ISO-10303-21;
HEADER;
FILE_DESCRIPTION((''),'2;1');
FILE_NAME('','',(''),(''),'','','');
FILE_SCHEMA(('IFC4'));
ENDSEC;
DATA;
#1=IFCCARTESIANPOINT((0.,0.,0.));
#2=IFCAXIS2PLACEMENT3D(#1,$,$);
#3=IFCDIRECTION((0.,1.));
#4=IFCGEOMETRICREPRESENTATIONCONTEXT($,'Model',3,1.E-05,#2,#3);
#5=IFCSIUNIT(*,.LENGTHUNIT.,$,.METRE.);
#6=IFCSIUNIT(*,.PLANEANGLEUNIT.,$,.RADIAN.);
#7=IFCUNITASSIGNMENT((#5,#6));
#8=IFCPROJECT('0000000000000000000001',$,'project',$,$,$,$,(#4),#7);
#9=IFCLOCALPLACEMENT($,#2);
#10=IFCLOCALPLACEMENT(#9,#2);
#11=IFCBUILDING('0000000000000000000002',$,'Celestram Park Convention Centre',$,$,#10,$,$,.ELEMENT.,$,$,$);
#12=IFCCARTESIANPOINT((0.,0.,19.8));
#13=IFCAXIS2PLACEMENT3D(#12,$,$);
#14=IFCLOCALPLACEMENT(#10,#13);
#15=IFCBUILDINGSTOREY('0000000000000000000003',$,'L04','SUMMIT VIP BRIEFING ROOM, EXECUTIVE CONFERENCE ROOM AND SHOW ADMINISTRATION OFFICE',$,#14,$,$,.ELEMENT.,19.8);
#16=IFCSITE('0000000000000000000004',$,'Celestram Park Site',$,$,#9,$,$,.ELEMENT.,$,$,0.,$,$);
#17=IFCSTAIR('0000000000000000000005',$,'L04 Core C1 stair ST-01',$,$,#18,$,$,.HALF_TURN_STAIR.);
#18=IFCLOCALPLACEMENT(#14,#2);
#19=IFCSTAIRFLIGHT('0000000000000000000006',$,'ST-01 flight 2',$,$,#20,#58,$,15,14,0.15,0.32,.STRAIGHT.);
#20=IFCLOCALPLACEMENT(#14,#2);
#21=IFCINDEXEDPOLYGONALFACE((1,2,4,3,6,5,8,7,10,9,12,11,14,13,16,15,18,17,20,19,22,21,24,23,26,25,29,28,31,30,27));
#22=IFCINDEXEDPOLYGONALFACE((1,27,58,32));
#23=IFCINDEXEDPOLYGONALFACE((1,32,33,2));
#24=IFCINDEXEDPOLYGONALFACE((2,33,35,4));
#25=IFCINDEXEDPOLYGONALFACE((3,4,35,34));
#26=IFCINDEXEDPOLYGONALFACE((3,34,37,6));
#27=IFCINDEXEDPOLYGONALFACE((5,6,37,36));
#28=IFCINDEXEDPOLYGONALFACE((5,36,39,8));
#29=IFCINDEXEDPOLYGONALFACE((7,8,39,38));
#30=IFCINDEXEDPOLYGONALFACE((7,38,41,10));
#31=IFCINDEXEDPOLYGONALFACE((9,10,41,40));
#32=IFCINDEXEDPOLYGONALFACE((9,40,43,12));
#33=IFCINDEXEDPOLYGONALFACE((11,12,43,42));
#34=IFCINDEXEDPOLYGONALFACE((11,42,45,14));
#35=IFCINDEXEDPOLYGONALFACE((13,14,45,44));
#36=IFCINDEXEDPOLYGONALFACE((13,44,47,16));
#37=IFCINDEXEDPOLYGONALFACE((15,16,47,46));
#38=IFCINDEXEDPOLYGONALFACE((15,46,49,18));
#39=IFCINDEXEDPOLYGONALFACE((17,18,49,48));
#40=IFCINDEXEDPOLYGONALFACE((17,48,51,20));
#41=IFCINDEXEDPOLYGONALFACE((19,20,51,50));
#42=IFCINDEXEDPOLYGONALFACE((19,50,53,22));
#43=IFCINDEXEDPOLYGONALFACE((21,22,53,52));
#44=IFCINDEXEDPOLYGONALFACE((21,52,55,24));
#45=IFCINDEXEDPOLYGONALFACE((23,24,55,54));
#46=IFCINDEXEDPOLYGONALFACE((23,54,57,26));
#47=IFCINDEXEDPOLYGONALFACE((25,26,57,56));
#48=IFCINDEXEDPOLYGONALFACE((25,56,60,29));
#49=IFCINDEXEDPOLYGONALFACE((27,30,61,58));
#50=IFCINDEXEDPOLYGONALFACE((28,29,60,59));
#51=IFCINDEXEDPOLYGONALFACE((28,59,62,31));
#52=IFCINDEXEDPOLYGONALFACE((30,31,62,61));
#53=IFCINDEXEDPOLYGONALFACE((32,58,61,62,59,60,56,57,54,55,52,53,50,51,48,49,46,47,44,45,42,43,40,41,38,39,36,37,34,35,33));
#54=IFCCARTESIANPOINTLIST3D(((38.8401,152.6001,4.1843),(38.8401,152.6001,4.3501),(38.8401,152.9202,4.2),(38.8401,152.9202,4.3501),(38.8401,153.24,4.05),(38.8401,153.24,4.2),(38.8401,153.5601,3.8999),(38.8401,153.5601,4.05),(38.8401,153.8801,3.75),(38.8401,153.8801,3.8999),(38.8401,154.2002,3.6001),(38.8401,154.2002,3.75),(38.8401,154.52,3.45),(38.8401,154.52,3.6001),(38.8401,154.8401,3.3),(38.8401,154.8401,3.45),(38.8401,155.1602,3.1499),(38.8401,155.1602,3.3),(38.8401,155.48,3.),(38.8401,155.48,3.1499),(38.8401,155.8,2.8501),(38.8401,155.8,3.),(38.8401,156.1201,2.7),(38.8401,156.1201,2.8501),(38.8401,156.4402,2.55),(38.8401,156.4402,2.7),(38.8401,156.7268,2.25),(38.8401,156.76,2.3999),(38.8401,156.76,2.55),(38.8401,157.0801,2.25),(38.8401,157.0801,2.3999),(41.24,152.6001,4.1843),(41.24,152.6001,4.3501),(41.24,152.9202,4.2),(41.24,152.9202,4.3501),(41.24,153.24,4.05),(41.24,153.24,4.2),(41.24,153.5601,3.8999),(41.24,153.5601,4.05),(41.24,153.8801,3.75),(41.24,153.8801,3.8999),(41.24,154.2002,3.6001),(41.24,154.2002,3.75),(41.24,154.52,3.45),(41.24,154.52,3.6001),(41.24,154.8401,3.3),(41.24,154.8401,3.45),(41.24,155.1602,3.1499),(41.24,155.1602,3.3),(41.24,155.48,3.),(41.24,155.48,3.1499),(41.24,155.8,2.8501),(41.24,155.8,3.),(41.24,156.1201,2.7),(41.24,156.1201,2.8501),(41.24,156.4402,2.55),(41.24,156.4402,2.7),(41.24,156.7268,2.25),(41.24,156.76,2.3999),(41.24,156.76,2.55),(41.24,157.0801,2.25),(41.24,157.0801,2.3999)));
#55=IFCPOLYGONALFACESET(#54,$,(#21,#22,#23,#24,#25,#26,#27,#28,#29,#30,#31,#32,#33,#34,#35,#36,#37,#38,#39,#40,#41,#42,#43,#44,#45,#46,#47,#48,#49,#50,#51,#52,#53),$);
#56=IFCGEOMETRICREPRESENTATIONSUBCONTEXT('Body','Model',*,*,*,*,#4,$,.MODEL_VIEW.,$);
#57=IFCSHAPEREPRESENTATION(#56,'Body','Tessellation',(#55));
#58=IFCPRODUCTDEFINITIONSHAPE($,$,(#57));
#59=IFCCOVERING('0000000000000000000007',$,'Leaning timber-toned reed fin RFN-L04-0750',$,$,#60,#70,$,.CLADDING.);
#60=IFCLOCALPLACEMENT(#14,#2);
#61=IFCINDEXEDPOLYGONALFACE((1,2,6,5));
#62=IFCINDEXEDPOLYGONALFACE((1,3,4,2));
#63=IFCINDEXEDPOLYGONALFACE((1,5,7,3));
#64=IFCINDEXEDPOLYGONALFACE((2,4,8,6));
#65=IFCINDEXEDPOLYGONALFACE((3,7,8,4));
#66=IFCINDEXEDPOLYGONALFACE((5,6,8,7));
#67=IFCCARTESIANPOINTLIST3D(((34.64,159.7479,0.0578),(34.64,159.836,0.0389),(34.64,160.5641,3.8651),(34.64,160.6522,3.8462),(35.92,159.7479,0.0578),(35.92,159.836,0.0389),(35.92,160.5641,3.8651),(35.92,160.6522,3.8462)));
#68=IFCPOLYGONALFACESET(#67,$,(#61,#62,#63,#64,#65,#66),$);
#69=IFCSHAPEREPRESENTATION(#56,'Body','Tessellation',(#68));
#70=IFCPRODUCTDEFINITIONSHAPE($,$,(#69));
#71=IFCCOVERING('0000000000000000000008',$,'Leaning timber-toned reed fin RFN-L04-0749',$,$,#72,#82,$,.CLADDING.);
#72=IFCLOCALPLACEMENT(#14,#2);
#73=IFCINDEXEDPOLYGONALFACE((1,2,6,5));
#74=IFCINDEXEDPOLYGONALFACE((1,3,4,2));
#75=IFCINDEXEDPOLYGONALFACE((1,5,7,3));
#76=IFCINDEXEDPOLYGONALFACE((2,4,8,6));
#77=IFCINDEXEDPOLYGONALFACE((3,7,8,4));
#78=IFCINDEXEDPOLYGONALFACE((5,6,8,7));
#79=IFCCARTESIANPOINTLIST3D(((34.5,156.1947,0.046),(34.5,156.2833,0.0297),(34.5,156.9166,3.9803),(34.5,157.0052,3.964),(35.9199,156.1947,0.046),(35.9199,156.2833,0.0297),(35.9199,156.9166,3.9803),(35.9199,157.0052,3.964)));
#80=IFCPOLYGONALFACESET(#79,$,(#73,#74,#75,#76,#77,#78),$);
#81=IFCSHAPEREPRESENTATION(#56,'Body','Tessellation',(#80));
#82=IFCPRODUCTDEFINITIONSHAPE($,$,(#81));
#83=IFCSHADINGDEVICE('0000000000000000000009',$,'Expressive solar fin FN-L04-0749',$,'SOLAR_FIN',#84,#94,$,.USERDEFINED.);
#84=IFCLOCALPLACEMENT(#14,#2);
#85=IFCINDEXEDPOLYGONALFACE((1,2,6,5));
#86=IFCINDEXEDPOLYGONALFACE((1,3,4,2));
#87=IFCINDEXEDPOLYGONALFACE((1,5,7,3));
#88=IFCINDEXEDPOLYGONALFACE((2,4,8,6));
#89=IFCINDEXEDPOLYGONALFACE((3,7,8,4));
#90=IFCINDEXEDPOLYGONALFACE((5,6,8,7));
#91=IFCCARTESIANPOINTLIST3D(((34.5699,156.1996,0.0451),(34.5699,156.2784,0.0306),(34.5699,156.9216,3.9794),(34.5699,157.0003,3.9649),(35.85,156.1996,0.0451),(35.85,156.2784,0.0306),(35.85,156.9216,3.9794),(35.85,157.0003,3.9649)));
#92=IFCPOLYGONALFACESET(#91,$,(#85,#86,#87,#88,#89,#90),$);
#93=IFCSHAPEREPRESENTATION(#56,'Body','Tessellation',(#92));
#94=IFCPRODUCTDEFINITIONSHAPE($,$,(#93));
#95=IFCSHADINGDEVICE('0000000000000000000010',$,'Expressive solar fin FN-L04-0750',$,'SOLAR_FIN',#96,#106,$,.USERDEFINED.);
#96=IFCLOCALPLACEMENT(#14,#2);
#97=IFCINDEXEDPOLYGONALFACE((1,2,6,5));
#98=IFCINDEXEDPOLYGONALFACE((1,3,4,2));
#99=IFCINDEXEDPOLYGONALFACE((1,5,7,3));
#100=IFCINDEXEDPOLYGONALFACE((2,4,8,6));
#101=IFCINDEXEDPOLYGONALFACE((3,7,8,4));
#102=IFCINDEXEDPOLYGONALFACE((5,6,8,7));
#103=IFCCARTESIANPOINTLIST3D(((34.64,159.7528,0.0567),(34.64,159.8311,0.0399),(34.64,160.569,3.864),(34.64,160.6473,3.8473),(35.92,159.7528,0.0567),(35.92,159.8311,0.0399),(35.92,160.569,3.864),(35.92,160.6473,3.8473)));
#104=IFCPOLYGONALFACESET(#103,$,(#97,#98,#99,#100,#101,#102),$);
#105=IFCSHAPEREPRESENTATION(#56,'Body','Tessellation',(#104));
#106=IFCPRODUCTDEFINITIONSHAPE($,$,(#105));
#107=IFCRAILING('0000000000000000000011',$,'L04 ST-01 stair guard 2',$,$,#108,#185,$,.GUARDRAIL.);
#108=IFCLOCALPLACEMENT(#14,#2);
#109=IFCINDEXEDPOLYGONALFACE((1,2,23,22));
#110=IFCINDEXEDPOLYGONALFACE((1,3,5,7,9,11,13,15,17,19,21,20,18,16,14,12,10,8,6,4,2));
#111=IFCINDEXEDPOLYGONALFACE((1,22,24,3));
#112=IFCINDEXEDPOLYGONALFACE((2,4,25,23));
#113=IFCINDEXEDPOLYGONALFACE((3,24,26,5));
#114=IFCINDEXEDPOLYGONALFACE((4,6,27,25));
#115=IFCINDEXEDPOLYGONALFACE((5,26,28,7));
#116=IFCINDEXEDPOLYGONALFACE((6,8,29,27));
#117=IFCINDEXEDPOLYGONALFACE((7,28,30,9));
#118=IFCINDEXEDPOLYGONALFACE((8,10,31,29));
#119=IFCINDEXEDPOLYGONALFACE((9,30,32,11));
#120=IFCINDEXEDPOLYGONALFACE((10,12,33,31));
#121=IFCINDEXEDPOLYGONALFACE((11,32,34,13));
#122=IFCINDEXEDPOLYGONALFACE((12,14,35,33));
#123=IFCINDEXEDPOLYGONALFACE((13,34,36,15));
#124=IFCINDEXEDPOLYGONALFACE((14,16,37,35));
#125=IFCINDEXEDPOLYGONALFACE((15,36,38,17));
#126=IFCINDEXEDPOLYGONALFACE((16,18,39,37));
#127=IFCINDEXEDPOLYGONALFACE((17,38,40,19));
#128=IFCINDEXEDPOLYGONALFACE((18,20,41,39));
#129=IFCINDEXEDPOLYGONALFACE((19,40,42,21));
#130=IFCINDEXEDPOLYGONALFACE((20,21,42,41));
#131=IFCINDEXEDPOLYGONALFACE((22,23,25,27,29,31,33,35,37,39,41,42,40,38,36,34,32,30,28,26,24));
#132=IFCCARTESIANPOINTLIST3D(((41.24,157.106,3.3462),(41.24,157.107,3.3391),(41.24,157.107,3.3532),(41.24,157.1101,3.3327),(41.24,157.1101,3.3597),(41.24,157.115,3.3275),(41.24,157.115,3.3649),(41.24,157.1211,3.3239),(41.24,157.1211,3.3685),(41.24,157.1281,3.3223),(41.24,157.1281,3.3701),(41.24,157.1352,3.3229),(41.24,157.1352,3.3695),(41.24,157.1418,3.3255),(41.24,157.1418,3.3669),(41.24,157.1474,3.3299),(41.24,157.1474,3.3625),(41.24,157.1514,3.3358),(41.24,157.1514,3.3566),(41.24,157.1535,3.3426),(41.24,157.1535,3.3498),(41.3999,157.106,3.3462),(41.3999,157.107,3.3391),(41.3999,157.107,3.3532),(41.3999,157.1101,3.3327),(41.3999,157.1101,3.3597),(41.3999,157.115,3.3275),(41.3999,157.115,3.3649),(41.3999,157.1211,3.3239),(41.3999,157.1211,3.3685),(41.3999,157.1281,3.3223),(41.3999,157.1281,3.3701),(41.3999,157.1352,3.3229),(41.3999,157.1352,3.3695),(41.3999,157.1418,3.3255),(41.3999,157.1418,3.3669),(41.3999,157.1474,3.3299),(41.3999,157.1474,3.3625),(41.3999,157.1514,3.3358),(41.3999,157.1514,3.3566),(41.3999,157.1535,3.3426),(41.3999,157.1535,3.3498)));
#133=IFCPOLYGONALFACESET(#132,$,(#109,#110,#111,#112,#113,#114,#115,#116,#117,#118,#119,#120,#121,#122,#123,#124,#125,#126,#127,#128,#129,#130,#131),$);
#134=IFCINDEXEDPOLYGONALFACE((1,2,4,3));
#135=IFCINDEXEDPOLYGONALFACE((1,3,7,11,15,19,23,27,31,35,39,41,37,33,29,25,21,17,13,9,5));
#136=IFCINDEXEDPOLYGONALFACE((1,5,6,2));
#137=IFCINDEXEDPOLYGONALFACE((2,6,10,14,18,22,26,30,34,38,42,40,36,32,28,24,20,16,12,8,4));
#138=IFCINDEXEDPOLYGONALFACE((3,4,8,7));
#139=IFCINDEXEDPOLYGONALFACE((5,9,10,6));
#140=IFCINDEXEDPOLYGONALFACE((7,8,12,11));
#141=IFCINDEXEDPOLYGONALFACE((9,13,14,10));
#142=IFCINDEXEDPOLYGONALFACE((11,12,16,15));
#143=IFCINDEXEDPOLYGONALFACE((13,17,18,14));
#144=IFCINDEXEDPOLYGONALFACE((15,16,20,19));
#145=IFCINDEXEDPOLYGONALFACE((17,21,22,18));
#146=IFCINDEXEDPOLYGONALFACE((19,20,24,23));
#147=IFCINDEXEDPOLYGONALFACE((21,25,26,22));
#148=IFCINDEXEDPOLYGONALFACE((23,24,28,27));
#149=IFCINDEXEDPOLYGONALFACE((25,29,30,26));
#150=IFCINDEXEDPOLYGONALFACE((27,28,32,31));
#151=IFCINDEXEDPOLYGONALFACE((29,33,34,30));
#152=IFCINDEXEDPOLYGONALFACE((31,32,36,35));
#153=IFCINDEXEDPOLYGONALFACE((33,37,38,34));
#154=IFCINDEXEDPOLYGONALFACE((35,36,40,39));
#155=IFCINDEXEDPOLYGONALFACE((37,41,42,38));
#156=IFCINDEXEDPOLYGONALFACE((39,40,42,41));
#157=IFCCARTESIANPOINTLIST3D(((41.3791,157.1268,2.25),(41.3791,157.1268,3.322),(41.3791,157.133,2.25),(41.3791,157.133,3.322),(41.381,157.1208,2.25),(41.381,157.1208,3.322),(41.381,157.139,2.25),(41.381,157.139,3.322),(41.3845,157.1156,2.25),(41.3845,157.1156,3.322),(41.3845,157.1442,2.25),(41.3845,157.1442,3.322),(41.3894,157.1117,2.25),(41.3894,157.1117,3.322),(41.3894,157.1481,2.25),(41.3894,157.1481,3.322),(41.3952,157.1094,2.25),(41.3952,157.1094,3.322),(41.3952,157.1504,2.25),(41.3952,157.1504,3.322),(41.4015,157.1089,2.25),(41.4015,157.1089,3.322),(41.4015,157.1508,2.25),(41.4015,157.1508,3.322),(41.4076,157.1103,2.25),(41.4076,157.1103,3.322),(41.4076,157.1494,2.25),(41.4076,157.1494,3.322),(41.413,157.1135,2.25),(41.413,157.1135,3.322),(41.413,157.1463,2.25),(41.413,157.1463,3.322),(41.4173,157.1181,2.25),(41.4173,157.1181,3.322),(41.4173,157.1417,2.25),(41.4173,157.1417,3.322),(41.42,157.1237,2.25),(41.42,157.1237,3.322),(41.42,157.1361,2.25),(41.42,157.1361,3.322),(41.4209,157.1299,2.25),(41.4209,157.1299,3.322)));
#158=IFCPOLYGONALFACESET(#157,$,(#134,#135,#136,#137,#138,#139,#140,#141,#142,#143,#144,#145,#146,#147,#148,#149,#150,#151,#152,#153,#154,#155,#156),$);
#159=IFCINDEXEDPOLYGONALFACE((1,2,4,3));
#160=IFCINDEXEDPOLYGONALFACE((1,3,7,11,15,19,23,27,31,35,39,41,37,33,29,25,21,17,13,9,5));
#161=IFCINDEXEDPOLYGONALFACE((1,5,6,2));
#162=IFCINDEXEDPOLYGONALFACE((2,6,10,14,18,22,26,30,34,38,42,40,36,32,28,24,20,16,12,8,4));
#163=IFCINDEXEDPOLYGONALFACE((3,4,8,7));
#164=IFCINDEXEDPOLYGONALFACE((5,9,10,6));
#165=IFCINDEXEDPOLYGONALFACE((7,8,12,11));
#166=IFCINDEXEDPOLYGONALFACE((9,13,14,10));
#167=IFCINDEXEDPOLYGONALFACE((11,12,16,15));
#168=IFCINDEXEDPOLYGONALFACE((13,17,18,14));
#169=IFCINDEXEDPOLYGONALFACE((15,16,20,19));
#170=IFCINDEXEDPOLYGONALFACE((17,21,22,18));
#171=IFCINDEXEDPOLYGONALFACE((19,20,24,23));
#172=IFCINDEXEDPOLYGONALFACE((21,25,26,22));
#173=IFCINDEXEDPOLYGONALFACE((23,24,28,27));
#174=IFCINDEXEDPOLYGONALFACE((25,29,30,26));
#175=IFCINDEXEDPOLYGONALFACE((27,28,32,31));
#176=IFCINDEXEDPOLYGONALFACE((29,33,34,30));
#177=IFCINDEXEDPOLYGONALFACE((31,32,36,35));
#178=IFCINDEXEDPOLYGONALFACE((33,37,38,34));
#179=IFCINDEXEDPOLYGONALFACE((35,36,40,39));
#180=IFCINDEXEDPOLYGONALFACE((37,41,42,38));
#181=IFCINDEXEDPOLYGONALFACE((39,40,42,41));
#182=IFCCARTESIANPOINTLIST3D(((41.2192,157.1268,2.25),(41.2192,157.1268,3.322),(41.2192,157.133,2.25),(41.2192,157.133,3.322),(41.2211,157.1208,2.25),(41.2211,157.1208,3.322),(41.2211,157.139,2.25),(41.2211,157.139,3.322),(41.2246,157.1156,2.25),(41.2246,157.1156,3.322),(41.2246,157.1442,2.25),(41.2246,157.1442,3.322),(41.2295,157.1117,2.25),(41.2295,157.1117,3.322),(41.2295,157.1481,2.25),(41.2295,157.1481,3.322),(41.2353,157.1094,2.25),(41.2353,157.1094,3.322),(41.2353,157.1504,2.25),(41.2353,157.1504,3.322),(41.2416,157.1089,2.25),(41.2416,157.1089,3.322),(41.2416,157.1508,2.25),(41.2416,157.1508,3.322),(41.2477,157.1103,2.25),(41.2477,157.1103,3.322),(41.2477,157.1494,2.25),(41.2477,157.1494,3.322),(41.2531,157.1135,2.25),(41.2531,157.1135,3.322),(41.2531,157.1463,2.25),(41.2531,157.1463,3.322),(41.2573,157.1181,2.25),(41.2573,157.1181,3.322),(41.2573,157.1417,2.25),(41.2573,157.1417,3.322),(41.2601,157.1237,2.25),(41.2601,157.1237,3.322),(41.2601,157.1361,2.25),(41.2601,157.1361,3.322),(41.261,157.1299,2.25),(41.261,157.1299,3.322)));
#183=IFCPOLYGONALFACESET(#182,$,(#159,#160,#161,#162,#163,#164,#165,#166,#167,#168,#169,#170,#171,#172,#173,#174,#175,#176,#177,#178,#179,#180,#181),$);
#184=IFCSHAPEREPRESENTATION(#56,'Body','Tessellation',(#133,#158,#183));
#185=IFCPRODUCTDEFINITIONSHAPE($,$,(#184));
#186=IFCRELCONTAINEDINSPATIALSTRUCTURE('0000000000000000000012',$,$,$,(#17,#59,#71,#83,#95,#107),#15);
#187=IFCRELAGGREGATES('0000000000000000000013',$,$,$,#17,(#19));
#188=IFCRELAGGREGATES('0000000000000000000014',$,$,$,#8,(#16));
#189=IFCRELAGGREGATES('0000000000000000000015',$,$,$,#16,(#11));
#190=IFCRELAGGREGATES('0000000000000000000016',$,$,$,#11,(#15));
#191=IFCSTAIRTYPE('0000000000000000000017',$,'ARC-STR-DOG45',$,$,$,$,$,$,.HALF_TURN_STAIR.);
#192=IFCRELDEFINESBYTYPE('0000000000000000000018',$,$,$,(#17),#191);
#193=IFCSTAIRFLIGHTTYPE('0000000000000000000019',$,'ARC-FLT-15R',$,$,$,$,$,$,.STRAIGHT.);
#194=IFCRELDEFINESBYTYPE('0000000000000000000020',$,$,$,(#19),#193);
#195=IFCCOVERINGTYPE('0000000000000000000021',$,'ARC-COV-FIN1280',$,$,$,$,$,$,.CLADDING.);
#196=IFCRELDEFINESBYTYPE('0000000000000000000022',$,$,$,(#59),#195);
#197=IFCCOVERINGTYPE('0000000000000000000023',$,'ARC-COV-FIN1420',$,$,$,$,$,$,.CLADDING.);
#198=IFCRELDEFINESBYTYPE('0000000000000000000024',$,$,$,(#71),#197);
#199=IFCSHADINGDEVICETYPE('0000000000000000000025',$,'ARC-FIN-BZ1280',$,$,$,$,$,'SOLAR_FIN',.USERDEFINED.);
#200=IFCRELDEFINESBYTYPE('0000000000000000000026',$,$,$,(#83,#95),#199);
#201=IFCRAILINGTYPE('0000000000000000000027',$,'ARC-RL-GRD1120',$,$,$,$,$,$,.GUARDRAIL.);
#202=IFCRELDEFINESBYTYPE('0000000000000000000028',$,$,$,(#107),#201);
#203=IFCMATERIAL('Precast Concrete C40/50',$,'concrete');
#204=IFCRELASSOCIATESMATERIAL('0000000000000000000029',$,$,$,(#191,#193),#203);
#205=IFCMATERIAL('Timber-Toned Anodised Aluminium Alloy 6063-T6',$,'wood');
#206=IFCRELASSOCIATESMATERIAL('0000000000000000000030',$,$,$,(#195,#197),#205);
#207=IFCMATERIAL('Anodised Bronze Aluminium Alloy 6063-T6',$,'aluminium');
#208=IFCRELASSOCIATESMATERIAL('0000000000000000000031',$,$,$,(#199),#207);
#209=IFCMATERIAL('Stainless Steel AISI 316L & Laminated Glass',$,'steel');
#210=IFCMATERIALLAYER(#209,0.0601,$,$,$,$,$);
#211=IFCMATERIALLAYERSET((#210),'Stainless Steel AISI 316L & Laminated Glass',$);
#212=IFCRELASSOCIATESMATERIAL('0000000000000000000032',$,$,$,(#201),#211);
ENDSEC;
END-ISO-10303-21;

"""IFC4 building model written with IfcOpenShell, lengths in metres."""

from ifc_helpers import new_model, si_unit, direction, frame, origin, origin_2d, place, context, subcontext, project, spatial, polyline, rectangle, circle, outline, extrude, material, layer, layer_set, material_profile, profile_set, type_object, element, aggregate, save


model = new_model("IFC4")

# Units and contexts
model_context = context("Model", 3, precision=1e-05, world=origin(), true_north=direction((0.0, 1.0)))
body_context = subcontext(model_context, "Body", "Model", "MODEL_VIEW")
ifc_project = project(units=[si_unit("LENGTHUNIT", "METRE"), si_unit("PLANEANGLEUNIT", "RADIAN")], contexts=[model_context])

# Site, building, storey
site_placement = place(None, origin())
site = spatial("IfcSite", under=ifc_project, at=site_placement, Name="Celestram Park Site", CompositionType="ELEMENT", RefElevation=0.0)
building_placement = place(site_placement, origin())
building = spatial("IfcBuilding", under=site, at=building_placement, Name="Celestram Park Convention Centre", CompositionType="ELEMENT")
storey_placement = place(building_placement, frame((0.0, 0.0, 19.8)))
storey = spatial("IfcBuildingStorey", under=building, at=storey_placement, Name="L04", Description="SUMMIT VIP BRIEFING ROOM, EXECUTIVE CONFERENCE ROOM AND SHOW ADMINISTRATION OFFICE", CompositionType="ELEMENT", Elevation=19.8)

# Stair, stair flight
ifc_material_1 = material(Name="Precast Concrete C40/50", Category="concrete")
stair_type = type_object("IfcStairType", Name="ARC-STR-DOG45", PredefinedType="HALF_TURN_STAIR", material=ifc_material_1)
stair_placement = place(storey_placement, origin())
stair = element("IfcStair", 1, at=stair_placement, inside=storey, type_object=stair_type, Name="L04 Core C1 stair ST-01", PredefinedType="HALF_TURN_STAIR")
stair_flight_type = type_object("IfcStairFlightType", Name="ARC-FLT-15R", PredefinedType="STRAIGHT", material=ifc_material_1)
stair_flight_placement = place(storey_placement, frame((40.04, 157.0801, 2.25), z_axis=(0.0, 0.0, 1.0), x_axis=(0.0, -1.0, 0.0)))
stair_flight = element("IfcStairFlight", 2, at=stair_flight_placement, type_object=stair_flight_type, Name="ST-01 flight 2", NumberOfRisers=15, NumberOfTreads=14, PredefinedType="STRAIGHT", RiserHeight=0.15, TreadLength=0.32, context=body_context, shape_type="SweptSolid", body=[
    extrude(outline(polyline([(0.0, 0.0), (0.0, 0.1499), (0.3201, 0.1499), (0.3201, 0.3), (0.6399, 0.3), (0.6399, 0.45), (0.96, 0.45), (0.96, 0.6001), (1.28, 0.6001), (1.28, 0.75), (1.6001, 0.75), (1.6001, 0.8999), (1.9199, 0.8999), (1.9199, 1.05), (2.24, 1.05), (2.24, 1.2), (2.5601, 1.2), (2.5601, 1.3501), (2.8799, 1.3501), (2.8799, 1.5), (3.2, 1.5), (3.2, 1.6499), (3.52, 1.6499), (3.52, 1.8), (3.8401, 1.8), (3.8401, 1.95), (4.1599, 1.95), (4.1599, 2.1001), (4.48, 2.1001), (4.48, 2.25), (4.48, 1.9343), (0.3533, 0.0), (0.0, 0.0)])), frame((0.0, 1.2, 0.0), z_axis=(0.0, -1.0, 0.0), x_axis=(1.0, 0.0, 0.0)), (0.0, 0.0, 1.0), 2.3999),
])
aggregate(stair, [stair_flight])

# Coverings
ifc_material_2 = material(Name="Timber-Toned Anodised Aluminium Alloy 6063-T6", Category="wood")
ifc_material_profile_1 = material_profile(ifc_material_2, rectangle(XDim=1.28, YDim=0.0901, at=origin_2d()), Name="REED1280X90")
ifc_profile_set_1 = profile_set([ifc_material_profile_1], Name="Timber-Toned Anodised Aluminium Alloy 6063-T6")
covering_type_1 = type_object("IfcCoveringType", Name="ARC-COV-FIN1280", PredefinedType="CLADDING", material=ifc_profile_set_1)
covering_1_placement = place(storey_placement, frame((35.28, 159.792, 0.0483), z_axis=(0.0, 0.209602, 0.977787), x_axis=(-1.0, 0.0, 0.0)))
element("IfcCovering", 3, at=covering_1_placement, inside=storey, type_object=covering_type_1, Name="Leaning timber-toned reed fin RFN-L04-0750", PredefinedType="CLADDING", context=body_context, shape_type="SweptSolid", body=[
    extrude(rectangle(XDim=1.28, YDim=0.0901, at=origin_2d()), origin(), (0.0, 0.0, 1.0), 3.8938),
])
ifc_material_profile_2 = material_profile(ifc_material_2, rectangle(XDim=1.4199, YDim=0.0901, at=origin_2d()), Name="REED1420X90")
ifc_profile_set_2 = profile_set([ifc_material_profile_2], Name="Timber-Toned Anodised Aluminium Alloy 6063-T6")
covering_type_2 = type_object("IfcCoveringType", Name="ARC-COV-FIN1420", PredefinedType="CLADDING", material=ifc_profile_set_2)
covering_2_placement = place(storey_placement, frame((35.21, 156.239, 0.0378), z_axis=(0.0, 0.18048, 0.983579), x_axis=(-1.0, 0.0, 0.0)))
element("IfcCovering", 4, at=covering_2_placement, inside=storey, type_object=covering_type_2, Name="Leaning timber-toned reed fin RFN-L04-0749", PredefinedType="CLADDING", context=body_context, shape_type="SweptSolid", body=[
    extrude(rectangle(XDim=1.4199, YDim=0.0901, at=origin_2d()), origin(), (0.0, 0.0, 1.0), 4.0),
])

# Shading devices
ifc_material_3 = material(Name="Anodised Bronze Aluminium Alloy 6063-T6", Category="aluminium")
ifc_material_profile_3 = material_profile(ifc_material_3, rectangle(XDim=1.28, YDim=0.0801, at=origin_2d()), Name="FIN1280X80")
ifc_profile_set_3 = profile_set([ifc_material_profile_3], Name="Anodised Bronze Aluminium Alloy 6063-T6")
shading_device_type = type_object("IfcShadingDeviceType", Name="ARC-FIN-BZ1280", ElementType="SOLAR_FIN", PredefinedType="USERDEFINED", material=ifc_profile_set_3)
shading_device_1_placement = place(storey_placement, frame((35.21, 156.239, 0.0378), z_axis=(0.0, 0.18048, 0.983579), x_axis=(-1.0, 0.0, 0.0)))
element("IfcShadingDevice", 5, at=shading_device_1_placement, inside=storey, type_object=shading_device_type, Name="Expressive solar fin FN-L04-0749", ObjectType="SOLAR_FIN", PredefinedType="USERDEFINED", context=body_context, shape_type="SweptSolid", body=[
    extrude(rectangle(XDim=1.28, YDim=0.0801, at=origin_2d()), origin(), (0.0, 0.0, 1.0), 4.0),
])
shading_device_2_placement = place(storey_placement, frame((35.28, 159.792, 0.0483), z_axis=(0.0, 0.209602, 0.977787), x_axis=(-1.0, 0.0, 0.0)))
element("IfcShadingDevice", 6, at=shading_device_2_placement, inside=storey, type_object=shading_device_type, Name="Expressive solar fin FN-L04-0750", ObjectType="SOLAR_FIN", PredefinedType="USERDEFINED", context=body_context, shape_type="SweptSolid", body=[
    extrude(rectangle(XDim=1.28, YDim=0.0801, at=origin_2d()), origin(), (0.0, 0.0, 1.0), 3.8938),
])

# Railing
ifc_material_4 = material(Name="Stainless Steel AISI 316L & Laminated Glass", Category="steel")
ifc_layer_1 = layer(ifc_material_4, 0.0601)
ifc_layer_set_1 = layer_set([ifc_layer_1], Name="Stainless Steel AISI 316L & Laminated Glass")
railing_type_1 = type_object("IfcRailingType", Name="ARC-RL-GRD1120", PredefinedType="GUARDRAIL", material=ifc_layer_set_1)
railing_1_placement = place(storey_placement, frame((41.3999, 157.1299, 2.25)))
element("IfcRailing", 7, at=railing_1_placement, inside=storey, type_object=railing_type_1, Name="L04 ST-01 stair guard 2", PredefinedType="GUARDRAIL", context=body_context, shape_type="SweptSolid", body=[
    extrude(circle(Radius=0.0239, at=origin_2d()), frame((0.0, 0.0, 1.0962), z_axis=(-1.0, 0.0, 0.0), x_axis=(0.0, -1.0, 0.0)), (0.0, 0.0, 1.0), 0.1599),
    extrude(circle(Radius=0.021, at=origin_2d()), origin(), (0.0, 0.0, 1.0), 1.072),
    extrude(circle(Radius=0.021, at=origin_2d()), frame((-0.1599, 0.0, 0.0)), (0.0, 0.0, 1.0), 1.072),
])

save(model, "model.ifc")
